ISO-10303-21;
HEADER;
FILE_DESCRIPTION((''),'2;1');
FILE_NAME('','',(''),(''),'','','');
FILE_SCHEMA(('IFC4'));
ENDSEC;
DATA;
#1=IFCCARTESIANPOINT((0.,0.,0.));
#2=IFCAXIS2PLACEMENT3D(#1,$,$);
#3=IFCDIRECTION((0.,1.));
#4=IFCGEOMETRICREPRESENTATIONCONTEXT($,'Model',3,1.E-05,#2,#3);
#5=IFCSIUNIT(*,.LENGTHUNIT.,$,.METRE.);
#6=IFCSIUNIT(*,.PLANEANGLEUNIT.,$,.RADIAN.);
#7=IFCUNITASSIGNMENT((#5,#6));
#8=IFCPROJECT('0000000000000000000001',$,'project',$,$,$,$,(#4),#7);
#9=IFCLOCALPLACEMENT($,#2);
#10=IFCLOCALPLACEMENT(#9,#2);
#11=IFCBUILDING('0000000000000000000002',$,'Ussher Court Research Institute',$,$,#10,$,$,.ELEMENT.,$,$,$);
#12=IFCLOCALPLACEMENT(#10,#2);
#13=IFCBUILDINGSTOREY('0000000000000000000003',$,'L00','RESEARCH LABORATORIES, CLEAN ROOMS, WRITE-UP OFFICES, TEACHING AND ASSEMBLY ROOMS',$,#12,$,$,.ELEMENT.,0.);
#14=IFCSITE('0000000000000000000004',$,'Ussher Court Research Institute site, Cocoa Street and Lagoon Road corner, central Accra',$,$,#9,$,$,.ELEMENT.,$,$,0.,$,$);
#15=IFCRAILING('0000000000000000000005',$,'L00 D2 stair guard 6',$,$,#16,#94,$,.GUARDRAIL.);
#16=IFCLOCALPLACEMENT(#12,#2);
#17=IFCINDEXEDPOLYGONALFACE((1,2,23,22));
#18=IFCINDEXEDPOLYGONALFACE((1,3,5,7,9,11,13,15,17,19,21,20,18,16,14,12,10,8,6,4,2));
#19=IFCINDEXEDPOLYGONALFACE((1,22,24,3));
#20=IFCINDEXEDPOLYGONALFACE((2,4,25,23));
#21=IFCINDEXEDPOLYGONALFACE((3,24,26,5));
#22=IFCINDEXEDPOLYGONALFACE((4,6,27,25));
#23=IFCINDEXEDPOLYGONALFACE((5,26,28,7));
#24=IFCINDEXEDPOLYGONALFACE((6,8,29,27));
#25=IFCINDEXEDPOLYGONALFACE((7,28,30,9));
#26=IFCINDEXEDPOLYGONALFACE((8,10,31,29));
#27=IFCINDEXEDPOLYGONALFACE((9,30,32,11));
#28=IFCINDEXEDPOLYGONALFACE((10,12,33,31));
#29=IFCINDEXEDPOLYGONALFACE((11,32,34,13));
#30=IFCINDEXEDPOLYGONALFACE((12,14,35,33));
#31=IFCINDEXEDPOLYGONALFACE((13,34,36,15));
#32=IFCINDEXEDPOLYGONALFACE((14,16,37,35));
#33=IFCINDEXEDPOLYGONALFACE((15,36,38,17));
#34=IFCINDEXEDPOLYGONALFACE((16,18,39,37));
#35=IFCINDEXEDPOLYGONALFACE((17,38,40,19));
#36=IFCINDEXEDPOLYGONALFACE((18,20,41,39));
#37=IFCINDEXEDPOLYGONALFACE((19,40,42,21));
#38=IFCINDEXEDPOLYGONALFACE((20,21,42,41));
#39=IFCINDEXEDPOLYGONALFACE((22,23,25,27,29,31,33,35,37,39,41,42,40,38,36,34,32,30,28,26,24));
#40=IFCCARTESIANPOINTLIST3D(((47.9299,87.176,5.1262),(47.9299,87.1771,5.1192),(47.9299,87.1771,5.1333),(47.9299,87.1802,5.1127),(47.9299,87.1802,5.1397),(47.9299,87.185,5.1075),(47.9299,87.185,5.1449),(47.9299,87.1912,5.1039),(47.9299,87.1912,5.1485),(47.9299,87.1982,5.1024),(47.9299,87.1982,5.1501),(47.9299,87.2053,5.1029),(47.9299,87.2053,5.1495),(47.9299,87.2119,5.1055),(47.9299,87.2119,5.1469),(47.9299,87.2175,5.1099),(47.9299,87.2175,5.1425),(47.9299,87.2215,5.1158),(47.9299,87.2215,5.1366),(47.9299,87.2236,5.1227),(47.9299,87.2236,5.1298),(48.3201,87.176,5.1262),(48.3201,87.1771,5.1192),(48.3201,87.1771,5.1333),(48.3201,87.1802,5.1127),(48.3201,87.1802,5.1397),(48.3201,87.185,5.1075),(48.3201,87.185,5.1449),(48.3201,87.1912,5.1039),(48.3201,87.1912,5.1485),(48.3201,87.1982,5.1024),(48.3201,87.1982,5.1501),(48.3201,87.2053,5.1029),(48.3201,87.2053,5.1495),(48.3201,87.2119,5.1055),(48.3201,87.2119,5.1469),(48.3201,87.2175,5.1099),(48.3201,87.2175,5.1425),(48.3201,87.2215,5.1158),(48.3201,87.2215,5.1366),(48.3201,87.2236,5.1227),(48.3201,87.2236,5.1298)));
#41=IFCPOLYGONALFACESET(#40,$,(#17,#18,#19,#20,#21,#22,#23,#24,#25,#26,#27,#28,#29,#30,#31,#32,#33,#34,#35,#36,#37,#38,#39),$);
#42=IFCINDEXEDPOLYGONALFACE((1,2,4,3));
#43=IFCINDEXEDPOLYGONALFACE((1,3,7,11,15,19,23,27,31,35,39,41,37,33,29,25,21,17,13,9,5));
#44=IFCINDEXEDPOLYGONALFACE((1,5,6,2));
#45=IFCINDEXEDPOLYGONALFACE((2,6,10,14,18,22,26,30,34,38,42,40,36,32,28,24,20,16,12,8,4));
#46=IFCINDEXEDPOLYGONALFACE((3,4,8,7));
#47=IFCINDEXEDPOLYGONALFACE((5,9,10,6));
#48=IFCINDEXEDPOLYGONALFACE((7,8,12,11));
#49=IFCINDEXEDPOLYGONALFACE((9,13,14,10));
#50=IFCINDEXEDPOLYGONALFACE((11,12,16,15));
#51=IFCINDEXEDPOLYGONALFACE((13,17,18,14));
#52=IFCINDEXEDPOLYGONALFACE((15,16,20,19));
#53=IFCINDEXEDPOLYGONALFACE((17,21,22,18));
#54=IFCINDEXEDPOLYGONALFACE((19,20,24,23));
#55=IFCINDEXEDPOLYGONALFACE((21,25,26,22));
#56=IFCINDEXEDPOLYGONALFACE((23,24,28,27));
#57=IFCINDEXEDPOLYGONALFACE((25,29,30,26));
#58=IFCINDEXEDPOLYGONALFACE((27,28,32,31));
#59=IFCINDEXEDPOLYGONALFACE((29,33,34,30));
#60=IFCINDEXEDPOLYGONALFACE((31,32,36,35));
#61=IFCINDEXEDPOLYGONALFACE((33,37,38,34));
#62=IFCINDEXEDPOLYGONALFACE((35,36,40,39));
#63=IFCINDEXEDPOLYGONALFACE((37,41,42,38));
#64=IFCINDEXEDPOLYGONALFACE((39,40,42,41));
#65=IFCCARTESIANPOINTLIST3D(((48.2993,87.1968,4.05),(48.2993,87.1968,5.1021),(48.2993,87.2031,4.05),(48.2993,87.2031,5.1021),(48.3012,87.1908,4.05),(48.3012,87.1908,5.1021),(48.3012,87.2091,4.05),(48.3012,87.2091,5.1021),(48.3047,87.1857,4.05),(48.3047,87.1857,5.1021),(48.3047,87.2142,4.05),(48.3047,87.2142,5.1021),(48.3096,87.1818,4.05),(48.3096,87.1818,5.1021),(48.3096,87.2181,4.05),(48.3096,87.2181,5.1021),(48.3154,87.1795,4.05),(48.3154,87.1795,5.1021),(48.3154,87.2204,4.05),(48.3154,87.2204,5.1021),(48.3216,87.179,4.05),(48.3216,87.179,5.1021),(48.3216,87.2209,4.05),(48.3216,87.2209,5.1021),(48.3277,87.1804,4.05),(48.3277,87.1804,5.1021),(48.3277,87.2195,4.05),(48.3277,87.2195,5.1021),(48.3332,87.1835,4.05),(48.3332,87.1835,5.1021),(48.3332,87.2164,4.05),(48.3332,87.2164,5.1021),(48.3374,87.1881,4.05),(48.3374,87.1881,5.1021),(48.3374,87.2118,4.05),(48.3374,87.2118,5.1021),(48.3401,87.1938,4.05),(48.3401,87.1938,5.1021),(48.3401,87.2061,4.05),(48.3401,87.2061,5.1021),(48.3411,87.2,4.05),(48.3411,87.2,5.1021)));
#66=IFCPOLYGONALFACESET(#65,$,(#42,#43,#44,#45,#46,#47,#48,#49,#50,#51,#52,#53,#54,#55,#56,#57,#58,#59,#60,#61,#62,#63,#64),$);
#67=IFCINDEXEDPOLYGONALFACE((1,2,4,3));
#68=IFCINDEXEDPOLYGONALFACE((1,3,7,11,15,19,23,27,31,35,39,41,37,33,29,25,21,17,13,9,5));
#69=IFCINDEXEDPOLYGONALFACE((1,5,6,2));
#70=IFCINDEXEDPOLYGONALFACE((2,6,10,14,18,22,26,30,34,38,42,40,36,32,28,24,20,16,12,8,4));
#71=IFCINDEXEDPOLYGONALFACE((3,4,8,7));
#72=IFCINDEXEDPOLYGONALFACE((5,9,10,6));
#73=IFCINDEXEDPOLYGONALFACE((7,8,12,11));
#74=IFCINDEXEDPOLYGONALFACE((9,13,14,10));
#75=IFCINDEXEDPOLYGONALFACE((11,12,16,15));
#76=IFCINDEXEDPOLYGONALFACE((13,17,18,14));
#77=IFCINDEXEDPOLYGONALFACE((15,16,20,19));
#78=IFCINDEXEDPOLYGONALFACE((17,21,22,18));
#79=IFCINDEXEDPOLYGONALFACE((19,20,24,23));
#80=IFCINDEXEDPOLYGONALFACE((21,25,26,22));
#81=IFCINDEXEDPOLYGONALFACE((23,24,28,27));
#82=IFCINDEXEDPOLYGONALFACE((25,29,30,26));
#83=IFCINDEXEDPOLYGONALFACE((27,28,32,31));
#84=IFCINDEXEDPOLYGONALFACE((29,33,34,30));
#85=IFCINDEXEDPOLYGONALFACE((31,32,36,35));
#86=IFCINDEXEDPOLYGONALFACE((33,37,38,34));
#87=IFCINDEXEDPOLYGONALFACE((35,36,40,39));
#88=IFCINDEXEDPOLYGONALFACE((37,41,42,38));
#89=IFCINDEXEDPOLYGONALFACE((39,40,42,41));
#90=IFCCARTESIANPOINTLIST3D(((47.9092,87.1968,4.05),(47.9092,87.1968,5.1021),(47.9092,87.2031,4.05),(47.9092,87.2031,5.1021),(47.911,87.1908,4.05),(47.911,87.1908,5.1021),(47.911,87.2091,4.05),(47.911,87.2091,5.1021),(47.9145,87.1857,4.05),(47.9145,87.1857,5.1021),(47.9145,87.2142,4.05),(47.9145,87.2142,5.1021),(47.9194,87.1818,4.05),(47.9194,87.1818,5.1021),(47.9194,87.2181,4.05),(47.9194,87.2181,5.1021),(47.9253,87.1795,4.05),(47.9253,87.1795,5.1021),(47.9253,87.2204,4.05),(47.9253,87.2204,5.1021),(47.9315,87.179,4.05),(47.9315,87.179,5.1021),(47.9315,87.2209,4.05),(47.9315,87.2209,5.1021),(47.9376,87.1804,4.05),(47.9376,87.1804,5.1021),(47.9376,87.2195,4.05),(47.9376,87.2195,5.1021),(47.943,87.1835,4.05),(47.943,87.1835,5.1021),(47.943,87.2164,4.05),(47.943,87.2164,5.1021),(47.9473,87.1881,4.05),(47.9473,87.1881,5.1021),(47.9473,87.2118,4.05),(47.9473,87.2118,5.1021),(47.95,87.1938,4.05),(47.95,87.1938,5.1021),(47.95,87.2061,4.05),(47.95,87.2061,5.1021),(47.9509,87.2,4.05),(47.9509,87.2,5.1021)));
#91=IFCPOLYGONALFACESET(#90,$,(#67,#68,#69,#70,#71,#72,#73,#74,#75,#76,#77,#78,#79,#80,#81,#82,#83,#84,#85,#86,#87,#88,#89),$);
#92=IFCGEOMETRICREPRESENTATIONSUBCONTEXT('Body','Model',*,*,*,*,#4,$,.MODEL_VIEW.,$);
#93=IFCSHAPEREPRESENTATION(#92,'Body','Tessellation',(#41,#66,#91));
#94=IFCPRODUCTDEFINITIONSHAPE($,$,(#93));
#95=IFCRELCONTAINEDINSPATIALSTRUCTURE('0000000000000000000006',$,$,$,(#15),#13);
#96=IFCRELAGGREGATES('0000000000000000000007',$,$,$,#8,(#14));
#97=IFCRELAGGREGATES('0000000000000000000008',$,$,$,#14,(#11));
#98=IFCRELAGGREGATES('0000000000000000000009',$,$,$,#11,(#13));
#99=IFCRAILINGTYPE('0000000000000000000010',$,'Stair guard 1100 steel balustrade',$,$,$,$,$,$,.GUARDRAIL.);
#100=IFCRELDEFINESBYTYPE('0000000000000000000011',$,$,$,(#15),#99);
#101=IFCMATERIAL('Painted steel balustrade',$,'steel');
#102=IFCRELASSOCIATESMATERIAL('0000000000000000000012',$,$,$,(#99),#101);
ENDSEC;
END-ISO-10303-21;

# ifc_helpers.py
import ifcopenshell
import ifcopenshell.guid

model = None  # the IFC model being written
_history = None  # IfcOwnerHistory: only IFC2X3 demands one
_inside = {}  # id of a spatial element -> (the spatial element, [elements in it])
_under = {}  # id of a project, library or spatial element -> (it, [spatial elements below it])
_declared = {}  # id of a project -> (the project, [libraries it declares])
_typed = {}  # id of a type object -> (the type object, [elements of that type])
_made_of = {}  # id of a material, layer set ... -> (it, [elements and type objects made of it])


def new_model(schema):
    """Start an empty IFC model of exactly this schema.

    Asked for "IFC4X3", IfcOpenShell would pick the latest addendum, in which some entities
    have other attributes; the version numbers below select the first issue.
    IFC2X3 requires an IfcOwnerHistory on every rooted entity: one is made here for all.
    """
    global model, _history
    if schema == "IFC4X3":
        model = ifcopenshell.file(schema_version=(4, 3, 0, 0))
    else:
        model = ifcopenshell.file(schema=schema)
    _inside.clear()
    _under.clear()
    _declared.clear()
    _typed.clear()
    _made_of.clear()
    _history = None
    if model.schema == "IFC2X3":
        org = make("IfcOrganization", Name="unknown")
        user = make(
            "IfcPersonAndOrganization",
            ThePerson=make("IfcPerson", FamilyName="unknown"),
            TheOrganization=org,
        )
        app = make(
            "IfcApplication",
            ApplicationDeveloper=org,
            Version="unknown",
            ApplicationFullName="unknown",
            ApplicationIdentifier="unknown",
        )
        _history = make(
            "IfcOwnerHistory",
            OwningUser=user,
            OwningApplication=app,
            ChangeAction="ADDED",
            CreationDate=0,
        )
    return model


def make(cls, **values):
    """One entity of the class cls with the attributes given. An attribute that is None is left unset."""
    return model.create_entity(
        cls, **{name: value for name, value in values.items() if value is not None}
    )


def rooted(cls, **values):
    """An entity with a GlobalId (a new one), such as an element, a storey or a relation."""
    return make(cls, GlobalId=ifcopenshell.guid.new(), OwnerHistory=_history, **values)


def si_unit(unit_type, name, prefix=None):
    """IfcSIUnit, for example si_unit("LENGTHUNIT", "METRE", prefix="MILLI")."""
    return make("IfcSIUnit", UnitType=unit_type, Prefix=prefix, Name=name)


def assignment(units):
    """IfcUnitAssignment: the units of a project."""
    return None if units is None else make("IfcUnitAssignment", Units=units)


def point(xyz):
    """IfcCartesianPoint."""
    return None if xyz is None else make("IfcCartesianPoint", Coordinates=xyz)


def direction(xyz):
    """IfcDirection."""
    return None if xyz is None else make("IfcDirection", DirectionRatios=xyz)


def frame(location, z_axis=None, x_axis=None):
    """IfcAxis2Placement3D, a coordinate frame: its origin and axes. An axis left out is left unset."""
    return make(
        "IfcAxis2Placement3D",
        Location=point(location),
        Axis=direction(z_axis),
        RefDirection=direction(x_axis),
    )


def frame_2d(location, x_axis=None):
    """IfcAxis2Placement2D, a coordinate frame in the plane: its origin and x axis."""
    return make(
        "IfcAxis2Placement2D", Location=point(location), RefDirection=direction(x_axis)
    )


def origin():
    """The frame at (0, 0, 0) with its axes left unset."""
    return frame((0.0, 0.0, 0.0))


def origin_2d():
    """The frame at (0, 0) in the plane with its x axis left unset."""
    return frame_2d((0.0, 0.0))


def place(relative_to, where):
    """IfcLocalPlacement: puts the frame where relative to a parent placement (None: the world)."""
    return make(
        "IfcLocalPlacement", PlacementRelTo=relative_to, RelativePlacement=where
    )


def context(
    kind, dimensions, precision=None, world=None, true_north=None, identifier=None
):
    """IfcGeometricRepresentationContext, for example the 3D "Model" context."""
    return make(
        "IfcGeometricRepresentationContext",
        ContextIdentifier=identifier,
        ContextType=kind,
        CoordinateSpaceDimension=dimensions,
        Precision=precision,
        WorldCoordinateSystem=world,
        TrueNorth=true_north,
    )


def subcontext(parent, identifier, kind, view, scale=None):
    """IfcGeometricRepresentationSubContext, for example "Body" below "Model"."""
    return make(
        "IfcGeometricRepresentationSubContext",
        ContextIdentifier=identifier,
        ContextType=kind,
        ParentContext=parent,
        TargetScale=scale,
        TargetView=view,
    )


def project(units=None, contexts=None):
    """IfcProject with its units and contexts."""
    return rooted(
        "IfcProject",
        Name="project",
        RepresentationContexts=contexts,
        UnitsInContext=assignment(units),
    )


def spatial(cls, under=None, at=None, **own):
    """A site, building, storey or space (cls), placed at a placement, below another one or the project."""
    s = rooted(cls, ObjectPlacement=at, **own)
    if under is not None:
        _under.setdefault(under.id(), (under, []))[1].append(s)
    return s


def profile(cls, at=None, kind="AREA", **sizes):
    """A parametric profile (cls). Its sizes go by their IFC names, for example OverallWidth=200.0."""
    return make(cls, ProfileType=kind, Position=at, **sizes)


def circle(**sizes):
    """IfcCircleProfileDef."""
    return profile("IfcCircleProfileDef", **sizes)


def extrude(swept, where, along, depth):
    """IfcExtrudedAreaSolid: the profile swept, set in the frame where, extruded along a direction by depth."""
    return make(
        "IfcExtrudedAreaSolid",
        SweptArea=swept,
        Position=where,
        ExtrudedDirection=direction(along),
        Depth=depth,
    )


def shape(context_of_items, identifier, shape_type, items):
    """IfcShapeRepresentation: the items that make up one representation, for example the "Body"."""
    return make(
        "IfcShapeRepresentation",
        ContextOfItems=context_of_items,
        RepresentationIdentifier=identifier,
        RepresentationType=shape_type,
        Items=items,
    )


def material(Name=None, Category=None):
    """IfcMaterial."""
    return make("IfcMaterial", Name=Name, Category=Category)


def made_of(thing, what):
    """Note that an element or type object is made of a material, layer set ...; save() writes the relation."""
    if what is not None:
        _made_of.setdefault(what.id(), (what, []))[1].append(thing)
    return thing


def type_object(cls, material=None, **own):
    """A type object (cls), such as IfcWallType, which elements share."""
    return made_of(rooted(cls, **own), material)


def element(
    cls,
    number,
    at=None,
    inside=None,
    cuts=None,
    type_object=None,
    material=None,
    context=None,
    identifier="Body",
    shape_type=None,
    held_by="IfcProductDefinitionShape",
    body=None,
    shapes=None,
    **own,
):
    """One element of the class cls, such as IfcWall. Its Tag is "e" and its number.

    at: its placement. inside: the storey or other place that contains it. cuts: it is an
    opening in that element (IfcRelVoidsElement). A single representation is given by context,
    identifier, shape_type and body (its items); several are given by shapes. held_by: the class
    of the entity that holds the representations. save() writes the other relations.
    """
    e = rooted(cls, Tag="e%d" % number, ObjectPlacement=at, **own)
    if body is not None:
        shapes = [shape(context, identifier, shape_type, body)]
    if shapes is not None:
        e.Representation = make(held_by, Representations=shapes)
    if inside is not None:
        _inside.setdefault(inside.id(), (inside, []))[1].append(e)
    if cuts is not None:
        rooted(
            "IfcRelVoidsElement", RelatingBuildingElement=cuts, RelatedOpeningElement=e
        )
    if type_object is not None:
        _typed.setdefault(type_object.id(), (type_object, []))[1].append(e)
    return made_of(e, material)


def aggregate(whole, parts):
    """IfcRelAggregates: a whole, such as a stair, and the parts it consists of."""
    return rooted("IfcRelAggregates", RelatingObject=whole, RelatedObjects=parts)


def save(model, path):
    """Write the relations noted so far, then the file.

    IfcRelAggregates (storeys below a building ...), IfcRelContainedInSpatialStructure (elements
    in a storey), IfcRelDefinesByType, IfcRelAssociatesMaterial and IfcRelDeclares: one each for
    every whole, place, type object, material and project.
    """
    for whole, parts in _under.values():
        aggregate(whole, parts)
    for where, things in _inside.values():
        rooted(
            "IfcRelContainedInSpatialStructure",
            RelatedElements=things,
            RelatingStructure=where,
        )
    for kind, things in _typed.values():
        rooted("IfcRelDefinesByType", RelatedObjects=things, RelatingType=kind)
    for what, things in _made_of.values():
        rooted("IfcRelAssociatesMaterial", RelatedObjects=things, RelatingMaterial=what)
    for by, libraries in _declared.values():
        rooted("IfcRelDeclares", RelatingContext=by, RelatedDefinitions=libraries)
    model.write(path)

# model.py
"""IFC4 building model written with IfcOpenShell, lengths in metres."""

from ifc_helpers import new_model, si_unit, direction, frame, origin, origin_2d, place, context, subcontext, project, spatial, circle, extrude, material, type_object, element, save


model = new_model("IFC4")

# Units and contexts
model_context = context("Model", 3, precision=1e-05, world=origin(), true_north=direction((0.0, 1.0)))
body_context = subcontext(model_context, "Body", "Model", "MODEL_VIEW")
ifc_project = project(units=[si_unit("LENGTHUNIT", "METRE"), si_unit("PLANEANGLEUNIT", "RADIAN")], contexts=[model_context])

# Site, building, storey
site_placement = place(None, origin())
site = spatial("IfcSite", under=ifc_project, at=site_placement, Name="Ussher Court Research Institute site, Cocoa Street and Lagoon Road corner, central Accra", CompositionType="ELEMENT", RefElevation=0.0)
building_placement = place(site_placement, origin())
building = spatial("IfcBuilding", under=site, at=building_placement, Name="Ussher Court Research Institute", CompositionType="ELEMENT")
storey_placement = place(building_placement, origin())
storey = spatial("IfcBuildingStorey", under=building, at=storey_placement, Name="L00", Description="RESEARCH LABORATORIES, CLEAN ROOMS, WRITE-UP OFFICES, TEACHING AND ASSEMBLY ROOMS", CompositionType="ELEMENT", Elevation=0.0)

# Railing
ifc_material_1 = material(Name="Painted steel balustrade", Category="steel")
railing_type_1 = type_object("IfcRailingType", Name="Stair guard 1100 steel balustrade", PredefinedType="GUARDRAIL", material=ifc_material_1)
railing_1_placement = place(storey_placement, frame((48.3201, 87.2, 4.05)))
element("IfcRailing", 1, at=railing_1_placement, inside=storey, type_object=railing_type_1, Name="L00 D2 stair guard 6", PredefinedType="GUARDRAIL", context=body_context, shape_type="SweptSolid", body=[
    extrude(circle(Radius=0.0239, at=origin_2d()), frame((0.0, 0.0, 1.0762), z_axis=(-1.0, 0.0, 0.0), x_axis=(0.0, -1.0, 0.0)), (0.0, 0.0, 1.0), 0.3901),
    extrude(circle(Radius=0.021, at=origin_2d()), origin(), (0.0, 0.0, 1.0), 1.052),
    extrude(circle(Radius=0.021, at=origin_2d()), frame((-0.3901, 0.0, 0.0)), (0.0, 0.0, 1.0), 1.052),
])

save(model, "model.ifc")
